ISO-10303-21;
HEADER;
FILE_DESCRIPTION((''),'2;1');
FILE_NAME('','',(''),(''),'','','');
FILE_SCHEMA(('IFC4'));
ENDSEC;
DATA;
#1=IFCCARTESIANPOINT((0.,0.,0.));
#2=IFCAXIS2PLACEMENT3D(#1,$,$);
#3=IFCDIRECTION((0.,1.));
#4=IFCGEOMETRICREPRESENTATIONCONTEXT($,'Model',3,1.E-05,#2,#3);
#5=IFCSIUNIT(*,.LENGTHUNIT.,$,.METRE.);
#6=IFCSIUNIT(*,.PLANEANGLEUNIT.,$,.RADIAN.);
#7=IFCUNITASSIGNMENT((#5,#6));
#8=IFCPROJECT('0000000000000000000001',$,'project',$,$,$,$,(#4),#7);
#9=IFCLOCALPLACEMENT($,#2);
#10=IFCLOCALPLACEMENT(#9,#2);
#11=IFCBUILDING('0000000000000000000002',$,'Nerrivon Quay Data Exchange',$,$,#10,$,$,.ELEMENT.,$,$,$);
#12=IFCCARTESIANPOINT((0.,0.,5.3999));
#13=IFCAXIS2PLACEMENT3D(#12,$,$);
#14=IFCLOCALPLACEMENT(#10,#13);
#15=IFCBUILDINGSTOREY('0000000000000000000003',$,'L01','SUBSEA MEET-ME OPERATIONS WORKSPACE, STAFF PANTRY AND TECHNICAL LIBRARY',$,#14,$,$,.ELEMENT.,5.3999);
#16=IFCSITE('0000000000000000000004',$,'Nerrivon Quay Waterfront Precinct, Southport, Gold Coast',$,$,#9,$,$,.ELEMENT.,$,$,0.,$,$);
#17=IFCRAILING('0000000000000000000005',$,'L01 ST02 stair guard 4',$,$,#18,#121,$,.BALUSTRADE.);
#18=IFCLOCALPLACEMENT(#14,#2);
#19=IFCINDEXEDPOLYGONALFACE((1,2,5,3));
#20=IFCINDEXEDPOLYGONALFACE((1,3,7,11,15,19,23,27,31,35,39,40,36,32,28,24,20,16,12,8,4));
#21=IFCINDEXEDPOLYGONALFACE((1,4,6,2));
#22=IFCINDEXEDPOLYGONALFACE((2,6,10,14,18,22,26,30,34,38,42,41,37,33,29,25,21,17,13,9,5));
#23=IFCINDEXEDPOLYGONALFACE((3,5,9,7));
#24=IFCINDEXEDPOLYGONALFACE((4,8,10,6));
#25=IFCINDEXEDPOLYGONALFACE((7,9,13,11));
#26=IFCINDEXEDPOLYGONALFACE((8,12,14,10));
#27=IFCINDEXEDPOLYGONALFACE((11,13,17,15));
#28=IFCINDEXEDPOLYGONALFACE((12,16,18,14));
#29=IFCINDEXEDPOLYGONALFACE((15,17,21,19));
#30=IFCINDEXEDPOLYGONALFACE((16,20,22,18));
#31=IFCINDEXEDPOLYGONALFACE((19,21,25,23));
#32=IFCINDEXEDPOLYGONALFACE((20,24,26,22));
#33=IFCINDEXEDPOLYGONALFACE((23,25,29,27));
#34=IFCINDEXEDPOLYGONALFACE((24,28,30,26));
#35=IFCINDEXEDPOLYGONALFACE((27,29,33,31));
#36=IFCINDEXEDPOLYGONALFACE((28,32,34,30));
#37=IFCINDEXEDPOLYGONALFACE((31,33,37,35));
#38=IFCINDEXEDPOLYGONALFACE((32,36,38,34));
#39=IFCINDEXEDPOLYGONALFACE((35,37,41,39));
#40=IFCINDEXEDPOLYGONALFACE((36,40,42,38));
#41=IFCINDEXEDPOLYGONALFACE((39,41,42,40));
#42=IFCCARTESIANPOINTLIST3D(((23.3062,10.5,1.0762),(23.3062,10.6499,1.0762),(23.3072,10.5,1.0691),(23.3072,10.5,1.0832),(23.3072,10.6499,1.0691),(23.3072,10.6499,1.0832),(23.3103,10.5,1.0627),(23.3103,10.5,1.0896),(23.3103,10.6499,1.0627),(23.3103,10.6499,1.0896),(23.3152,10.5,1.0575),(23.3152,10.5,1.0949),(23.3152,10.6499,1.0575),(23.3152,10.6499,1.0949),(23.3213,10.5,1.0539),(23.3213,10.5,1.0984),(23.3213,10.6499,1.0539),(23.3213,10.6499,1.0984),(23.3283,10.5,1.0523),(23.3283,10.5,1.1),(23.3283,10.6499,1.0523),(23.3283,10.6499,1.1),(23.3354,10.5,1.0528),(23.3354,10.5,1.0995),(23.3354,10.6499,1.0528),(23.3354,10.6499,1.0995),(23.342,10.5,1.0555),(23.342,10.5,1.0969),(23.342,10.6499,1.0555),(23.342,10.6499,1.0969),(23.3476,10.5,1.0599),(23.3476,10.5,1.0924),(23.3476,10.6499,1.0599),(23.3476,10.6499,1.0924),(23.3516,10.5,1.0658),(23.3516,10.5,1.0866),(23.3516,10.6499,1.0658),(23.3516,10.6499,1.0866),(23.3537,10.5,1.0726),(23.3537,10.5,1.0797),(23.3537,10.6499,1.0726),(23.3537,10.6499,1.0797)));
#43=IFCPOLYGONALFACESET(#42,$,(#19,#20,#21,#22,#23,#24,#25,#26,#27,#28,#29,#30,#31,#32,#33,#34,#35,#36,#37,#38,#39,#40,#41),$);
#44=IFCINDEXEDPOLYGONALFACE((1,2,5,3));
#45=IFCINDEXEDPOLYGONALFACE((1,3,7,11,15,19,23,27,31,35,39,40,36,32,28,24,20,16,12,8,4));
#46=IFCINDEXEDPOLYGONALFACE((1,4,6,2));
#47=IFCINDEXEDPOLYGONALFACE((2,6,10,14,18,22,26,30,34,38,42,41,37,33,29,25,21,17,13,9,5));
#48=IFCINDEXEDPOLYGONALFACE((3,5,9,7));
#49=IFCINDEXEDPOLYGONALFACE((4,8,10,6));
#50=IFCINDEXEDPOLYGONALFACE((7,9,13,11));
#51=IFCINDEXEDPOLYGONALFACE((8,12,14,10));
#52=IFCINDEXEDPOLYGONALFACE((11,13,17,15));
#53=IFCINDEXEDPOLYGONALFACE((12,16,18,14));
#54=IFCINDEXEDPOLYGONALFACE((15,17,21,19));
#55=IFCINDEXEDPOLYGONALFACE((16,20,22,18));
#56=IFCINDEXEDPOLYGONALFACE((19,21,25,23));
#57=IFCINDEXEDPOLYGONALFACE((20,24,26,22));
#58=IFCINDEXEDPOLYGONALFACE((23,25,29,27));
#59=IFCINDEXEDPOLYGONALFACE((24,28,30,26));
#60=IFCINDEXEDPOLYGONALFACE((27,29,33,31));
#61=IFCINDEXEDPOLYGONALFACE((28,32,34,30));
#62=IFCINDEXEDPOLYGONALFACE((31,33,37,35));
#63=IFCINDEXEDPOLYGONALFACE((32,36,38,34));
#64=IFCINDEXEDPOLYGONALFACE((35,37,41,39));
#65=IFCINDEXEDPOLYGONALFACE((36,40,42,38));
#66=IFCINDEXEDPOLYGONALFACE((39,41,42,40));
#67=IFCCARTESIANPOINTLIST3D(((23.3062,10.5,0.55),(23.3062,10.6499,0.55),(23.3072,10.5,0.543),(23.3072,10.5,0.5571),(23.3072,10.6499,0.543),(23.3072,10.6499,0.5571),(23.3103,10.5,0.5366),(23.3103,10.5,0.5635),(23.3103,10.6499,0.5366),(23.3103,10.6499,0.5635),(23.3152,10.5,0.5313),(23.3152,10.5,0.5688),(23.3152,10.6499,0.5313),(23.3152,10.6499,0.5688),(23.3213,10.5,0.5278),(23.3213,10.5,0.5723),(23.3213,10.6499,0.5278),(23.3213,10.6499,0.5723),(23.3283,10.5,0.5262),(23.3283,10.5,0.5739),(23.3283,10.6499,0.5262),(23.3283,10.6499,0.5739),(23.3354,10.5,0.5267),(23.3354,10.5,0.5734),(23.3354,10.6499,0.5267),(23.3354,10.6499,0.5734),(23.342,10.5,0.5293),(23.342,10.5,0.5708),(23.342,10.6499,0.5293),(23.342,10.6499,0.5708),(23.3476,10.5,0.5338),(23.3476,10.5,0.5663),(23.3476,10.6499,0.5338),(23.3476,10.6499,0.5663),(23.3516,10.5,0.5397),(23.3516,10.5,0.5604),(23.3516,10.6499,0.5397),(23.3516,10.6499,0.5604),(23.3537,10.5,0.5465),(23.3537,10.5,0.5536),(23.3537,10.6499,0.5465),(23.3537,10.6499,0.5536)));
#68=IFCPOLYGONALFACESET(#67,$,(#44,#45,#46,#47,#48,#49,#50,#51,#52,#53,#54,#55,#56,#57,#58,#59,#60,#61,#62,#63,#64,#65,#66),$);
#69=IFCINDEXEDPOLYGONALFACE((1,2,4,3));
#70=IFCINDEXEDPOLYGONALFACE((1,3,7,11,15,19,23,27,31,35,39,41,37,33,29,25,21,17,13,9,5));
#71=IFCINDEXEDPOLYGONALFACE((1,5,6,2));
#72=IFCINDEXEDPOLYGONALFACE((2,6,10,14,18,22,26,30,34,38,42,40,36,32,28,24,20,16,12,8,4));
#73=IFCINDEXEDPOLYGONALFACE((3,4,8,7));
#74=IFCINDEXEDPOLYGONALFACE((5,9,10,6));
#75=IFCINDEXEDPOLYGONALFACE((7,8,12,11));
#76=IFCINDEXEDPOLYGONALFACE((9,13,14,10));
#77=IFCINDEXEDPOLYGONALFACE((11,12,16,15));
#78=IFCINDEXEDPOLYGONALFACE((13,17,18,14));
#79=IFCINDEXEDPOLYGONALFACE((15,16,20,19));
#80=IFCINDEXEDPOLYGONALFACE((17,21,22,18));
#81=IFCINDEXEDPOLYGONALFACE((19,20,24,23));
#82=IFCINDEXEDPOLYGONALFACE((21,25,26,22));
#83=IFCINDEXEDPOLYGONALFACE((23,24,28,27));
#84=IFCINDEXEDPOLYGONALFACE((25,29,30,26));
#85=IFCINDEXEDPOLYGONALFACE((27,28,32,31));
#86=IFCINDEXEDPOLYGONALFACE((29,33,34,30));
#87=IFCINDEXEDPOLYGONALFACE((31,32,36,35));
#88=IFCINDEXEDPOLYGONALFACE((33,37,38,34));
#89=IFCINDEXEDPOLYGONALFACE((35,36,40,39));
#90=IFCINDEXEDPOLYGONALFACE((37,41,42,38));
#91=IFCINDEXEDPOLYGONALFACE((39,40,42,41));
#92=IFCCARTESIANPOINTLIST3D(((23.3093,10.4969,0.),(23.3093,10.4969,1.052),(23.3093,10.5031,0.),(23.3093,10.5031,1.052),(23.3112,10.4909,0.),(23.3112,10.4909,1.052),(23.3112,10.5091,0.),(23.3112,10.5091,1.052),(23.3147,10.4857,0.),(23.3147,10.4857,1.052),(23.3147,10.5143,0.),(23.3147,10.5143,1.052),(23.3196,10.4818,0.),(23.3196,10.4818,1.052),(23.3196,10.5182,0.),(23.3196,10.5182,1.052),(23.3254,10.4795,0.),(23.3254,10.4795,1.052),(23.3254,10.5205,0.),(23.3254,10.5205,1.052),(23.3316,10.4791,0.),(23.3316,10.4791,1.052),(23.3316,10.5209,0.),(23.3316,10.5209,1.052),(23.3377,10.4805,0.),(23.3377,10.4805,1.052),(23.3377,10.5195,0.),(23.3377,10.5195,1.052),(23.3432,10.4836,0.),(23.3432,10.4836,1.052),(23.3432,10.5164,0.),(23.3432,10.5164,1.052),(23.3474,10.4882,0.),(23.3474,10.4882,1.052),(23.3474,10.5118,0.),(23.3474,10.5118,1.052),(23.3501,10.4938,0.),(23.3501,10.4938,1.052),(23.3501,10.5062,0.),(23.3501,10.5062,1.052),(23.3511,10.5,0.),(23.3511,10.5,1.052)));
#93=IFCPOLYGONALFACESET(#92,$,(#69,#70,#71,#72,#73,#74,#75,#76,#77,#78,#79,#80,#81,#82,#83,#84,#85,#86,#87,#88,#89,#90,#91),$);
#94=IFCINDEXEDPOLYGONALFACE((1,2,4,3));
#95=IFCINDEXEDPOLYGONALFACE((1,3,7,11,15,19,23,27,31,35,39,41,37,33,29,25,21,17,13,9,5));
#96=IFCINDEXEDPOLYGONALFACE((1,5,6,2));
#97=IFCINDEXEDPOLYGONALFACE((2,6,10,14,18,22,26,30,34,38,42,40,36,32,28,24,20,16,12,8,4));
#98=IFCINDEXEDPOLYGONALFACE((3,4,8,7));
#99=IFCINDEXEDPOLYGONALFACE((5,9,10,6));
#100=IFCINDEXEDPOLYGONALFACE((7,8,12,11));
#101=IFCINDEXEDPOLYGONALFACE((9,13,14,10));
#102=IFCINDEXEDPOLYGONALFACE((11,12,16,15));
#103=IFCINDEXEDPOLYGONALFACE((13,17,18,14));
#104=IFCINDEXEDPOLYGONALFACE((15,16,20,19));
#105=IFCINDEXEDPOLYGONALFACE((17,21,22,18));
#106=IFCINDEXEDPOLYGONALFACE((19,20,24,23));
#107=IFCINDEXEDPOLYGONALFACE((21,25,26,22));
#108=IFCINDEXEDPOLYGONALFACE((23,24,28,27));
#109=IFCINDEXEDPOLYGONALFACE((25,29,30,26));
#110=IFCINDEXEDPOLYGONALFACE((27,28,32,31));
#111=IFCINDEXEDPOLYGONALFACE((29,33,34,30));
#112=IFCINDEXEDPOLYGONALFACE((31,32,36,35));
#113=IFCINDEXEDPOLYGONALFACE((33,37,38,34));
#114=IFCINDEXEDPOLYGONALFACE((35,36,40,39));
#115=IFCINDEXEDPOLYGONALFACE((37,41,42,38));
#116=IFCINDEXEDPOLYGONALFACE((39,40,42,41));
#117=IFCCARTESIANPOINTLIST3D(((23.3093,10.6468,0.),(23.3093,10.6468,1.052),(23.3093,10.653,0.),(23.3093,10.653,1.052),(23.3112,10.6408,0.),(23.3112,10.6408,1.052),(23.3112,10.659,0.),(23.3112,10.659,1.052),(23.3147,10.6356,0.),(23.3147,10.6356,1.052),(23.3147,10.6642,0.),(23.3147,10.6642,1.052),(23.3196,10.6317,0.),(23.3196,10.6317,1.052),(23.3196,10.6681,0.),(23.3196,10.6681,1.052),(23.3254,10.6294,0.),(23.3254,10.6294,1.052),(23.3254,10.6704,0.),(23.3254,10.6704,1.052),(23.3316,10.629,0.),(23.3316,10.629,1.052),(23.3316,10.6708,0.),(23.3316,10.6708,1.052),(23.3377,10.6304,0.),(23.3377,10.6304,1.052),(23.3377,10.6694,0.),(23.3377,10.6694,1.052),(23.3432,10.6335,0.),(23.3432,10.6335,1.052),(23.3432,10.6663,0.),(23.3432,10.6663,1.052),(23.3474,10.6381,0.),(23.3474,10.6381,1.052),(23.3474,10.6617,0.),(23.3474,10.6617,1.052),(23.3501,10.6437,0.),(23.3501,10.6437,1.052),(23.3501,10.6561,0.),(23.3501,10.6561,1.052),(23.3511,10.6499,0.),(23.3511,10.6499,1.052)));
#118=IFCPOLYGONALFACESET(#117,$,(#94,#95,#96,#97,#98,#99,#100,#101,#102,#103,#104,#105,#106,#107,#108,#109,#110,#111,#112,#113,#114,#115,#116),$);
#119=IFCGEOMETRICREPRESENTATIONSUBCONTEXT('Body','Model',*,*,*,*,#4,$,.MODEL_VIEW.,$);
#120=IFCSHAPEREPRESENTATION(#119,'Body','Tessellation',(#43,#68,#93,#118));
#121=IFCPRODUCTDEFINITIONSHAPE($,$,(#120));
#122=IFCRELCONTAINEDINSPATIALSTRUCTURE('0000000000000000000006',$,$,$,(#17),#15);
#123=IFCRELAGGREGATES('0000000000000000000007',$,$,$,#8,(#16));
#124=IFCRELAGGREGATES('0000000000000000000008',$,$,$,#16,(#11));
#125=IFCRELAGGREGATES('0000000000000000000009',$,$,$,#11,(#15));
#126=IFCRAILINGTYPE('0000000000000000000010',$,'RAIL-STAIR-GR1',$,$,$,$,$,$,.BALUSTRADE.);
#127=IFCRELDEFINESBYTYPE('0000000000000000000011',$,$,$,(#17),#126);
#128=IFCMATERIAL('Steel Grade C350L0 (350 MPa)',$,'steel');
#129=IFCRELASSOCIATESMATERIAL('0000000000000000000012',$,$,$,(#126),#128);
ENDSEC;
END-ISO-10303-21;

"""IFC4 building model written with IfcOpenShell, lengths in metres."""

from ifc_helpers import new_model, si_unit, direction, frame, origin, origin_2d, place, context, subcontext, project, spatial, circle, extrude, material, type_object, element, save


model = new_model("IFC4")

# Units and contexts
model_context = context("Model", 3, precision=1e-05, world=origin(), true_north=direction((0.0, 1.0)))
body_context = subcontext(model_context, "Body", "Model", "MODEL_VIEW")
ifc_project = project(units=[si_unit("LENGTHUNIT", "METRE"), si_unit("PLANEANGLEUNIT", "RADIAN")], contexts=[model_context])

# Site, building, storey
site_placement = place(None, origin())
site = spatial("IfcSite", under=ifc_project, at=site_placement, Name="Nerrivon Quay Waterfront Precinct, Southport, Gold Coast", CompositionType="ELEMENT", RefElevation=0.0)
building_placement = place(site_placement, origin())
building = spatial("IfcBuilding", under=site, at=building_placement, Name="Nerrivon Quay Data Exchange", CompositionType="ELEMENT")
storey_placement = place(building_placement, frame((0.0, 0.0, 5.3999)))
storey = spatial("IfcBuildingStorey", under=building, at=storey_placement, Name="L01", Description="SUBSEA MEET-ME OPERATIONS WORKSPACE, STAFF PANTRY AND TECHNICAL LIBRARY", CompositionType="ELEMENT", Elevation=5.3999)

# Railing
ifc_material_1 = material(Name="Steel Grade C350L0 (350 MPa)", Category="steel")
railing_type_1 = type_object("IfcRailingType", Name="RAIL-STAIR-GR1", PredefinedType="BALUSTRADE", material=ifc_material_1)
railing_1_placement = place(storey_placement, frame((23.3301, 10.5, 0.0)))
element("IfcRailing", 1, at=railing_1_placement, inside=storey, type_object=railing_type_1, Name="L01 ST02 stair guard 4", PredefinedType="BALUSTRADE", context=body_context, shape_type="SweptSolid", body=[
    extrude(circle(Radius=0.0239, at=origin_2d()), frame((0.0, 0.0, 1.0762), z_axis=(0.0, 1.0, 0.0), x_axis=(-1.0, 0.0, 0.0)), (0.0, 0.0, 1.0), 0.1499),
    extrude(circle(Radius=0.0239, at=origin_2d()), frame((0.0, 0.0, 0.55), z_axis=(0.0, 1.0, 0.0), x_axis=(-1.0, 0.0, 0.0)), (0.0, 0.0, 1.0), 0.1499),
    extrude(circle(Radius=0.021, at=origin_2d()), origin(), (0.0, 0.0, 1.0), 1.052),
    extrude(circle(Radius=0.021, at=origin_2d()), frame((0.0, 0.1499, 0.0)), (0.0, 0.0, 1.0), 1.052),
])

save(model, "model.ifc")
